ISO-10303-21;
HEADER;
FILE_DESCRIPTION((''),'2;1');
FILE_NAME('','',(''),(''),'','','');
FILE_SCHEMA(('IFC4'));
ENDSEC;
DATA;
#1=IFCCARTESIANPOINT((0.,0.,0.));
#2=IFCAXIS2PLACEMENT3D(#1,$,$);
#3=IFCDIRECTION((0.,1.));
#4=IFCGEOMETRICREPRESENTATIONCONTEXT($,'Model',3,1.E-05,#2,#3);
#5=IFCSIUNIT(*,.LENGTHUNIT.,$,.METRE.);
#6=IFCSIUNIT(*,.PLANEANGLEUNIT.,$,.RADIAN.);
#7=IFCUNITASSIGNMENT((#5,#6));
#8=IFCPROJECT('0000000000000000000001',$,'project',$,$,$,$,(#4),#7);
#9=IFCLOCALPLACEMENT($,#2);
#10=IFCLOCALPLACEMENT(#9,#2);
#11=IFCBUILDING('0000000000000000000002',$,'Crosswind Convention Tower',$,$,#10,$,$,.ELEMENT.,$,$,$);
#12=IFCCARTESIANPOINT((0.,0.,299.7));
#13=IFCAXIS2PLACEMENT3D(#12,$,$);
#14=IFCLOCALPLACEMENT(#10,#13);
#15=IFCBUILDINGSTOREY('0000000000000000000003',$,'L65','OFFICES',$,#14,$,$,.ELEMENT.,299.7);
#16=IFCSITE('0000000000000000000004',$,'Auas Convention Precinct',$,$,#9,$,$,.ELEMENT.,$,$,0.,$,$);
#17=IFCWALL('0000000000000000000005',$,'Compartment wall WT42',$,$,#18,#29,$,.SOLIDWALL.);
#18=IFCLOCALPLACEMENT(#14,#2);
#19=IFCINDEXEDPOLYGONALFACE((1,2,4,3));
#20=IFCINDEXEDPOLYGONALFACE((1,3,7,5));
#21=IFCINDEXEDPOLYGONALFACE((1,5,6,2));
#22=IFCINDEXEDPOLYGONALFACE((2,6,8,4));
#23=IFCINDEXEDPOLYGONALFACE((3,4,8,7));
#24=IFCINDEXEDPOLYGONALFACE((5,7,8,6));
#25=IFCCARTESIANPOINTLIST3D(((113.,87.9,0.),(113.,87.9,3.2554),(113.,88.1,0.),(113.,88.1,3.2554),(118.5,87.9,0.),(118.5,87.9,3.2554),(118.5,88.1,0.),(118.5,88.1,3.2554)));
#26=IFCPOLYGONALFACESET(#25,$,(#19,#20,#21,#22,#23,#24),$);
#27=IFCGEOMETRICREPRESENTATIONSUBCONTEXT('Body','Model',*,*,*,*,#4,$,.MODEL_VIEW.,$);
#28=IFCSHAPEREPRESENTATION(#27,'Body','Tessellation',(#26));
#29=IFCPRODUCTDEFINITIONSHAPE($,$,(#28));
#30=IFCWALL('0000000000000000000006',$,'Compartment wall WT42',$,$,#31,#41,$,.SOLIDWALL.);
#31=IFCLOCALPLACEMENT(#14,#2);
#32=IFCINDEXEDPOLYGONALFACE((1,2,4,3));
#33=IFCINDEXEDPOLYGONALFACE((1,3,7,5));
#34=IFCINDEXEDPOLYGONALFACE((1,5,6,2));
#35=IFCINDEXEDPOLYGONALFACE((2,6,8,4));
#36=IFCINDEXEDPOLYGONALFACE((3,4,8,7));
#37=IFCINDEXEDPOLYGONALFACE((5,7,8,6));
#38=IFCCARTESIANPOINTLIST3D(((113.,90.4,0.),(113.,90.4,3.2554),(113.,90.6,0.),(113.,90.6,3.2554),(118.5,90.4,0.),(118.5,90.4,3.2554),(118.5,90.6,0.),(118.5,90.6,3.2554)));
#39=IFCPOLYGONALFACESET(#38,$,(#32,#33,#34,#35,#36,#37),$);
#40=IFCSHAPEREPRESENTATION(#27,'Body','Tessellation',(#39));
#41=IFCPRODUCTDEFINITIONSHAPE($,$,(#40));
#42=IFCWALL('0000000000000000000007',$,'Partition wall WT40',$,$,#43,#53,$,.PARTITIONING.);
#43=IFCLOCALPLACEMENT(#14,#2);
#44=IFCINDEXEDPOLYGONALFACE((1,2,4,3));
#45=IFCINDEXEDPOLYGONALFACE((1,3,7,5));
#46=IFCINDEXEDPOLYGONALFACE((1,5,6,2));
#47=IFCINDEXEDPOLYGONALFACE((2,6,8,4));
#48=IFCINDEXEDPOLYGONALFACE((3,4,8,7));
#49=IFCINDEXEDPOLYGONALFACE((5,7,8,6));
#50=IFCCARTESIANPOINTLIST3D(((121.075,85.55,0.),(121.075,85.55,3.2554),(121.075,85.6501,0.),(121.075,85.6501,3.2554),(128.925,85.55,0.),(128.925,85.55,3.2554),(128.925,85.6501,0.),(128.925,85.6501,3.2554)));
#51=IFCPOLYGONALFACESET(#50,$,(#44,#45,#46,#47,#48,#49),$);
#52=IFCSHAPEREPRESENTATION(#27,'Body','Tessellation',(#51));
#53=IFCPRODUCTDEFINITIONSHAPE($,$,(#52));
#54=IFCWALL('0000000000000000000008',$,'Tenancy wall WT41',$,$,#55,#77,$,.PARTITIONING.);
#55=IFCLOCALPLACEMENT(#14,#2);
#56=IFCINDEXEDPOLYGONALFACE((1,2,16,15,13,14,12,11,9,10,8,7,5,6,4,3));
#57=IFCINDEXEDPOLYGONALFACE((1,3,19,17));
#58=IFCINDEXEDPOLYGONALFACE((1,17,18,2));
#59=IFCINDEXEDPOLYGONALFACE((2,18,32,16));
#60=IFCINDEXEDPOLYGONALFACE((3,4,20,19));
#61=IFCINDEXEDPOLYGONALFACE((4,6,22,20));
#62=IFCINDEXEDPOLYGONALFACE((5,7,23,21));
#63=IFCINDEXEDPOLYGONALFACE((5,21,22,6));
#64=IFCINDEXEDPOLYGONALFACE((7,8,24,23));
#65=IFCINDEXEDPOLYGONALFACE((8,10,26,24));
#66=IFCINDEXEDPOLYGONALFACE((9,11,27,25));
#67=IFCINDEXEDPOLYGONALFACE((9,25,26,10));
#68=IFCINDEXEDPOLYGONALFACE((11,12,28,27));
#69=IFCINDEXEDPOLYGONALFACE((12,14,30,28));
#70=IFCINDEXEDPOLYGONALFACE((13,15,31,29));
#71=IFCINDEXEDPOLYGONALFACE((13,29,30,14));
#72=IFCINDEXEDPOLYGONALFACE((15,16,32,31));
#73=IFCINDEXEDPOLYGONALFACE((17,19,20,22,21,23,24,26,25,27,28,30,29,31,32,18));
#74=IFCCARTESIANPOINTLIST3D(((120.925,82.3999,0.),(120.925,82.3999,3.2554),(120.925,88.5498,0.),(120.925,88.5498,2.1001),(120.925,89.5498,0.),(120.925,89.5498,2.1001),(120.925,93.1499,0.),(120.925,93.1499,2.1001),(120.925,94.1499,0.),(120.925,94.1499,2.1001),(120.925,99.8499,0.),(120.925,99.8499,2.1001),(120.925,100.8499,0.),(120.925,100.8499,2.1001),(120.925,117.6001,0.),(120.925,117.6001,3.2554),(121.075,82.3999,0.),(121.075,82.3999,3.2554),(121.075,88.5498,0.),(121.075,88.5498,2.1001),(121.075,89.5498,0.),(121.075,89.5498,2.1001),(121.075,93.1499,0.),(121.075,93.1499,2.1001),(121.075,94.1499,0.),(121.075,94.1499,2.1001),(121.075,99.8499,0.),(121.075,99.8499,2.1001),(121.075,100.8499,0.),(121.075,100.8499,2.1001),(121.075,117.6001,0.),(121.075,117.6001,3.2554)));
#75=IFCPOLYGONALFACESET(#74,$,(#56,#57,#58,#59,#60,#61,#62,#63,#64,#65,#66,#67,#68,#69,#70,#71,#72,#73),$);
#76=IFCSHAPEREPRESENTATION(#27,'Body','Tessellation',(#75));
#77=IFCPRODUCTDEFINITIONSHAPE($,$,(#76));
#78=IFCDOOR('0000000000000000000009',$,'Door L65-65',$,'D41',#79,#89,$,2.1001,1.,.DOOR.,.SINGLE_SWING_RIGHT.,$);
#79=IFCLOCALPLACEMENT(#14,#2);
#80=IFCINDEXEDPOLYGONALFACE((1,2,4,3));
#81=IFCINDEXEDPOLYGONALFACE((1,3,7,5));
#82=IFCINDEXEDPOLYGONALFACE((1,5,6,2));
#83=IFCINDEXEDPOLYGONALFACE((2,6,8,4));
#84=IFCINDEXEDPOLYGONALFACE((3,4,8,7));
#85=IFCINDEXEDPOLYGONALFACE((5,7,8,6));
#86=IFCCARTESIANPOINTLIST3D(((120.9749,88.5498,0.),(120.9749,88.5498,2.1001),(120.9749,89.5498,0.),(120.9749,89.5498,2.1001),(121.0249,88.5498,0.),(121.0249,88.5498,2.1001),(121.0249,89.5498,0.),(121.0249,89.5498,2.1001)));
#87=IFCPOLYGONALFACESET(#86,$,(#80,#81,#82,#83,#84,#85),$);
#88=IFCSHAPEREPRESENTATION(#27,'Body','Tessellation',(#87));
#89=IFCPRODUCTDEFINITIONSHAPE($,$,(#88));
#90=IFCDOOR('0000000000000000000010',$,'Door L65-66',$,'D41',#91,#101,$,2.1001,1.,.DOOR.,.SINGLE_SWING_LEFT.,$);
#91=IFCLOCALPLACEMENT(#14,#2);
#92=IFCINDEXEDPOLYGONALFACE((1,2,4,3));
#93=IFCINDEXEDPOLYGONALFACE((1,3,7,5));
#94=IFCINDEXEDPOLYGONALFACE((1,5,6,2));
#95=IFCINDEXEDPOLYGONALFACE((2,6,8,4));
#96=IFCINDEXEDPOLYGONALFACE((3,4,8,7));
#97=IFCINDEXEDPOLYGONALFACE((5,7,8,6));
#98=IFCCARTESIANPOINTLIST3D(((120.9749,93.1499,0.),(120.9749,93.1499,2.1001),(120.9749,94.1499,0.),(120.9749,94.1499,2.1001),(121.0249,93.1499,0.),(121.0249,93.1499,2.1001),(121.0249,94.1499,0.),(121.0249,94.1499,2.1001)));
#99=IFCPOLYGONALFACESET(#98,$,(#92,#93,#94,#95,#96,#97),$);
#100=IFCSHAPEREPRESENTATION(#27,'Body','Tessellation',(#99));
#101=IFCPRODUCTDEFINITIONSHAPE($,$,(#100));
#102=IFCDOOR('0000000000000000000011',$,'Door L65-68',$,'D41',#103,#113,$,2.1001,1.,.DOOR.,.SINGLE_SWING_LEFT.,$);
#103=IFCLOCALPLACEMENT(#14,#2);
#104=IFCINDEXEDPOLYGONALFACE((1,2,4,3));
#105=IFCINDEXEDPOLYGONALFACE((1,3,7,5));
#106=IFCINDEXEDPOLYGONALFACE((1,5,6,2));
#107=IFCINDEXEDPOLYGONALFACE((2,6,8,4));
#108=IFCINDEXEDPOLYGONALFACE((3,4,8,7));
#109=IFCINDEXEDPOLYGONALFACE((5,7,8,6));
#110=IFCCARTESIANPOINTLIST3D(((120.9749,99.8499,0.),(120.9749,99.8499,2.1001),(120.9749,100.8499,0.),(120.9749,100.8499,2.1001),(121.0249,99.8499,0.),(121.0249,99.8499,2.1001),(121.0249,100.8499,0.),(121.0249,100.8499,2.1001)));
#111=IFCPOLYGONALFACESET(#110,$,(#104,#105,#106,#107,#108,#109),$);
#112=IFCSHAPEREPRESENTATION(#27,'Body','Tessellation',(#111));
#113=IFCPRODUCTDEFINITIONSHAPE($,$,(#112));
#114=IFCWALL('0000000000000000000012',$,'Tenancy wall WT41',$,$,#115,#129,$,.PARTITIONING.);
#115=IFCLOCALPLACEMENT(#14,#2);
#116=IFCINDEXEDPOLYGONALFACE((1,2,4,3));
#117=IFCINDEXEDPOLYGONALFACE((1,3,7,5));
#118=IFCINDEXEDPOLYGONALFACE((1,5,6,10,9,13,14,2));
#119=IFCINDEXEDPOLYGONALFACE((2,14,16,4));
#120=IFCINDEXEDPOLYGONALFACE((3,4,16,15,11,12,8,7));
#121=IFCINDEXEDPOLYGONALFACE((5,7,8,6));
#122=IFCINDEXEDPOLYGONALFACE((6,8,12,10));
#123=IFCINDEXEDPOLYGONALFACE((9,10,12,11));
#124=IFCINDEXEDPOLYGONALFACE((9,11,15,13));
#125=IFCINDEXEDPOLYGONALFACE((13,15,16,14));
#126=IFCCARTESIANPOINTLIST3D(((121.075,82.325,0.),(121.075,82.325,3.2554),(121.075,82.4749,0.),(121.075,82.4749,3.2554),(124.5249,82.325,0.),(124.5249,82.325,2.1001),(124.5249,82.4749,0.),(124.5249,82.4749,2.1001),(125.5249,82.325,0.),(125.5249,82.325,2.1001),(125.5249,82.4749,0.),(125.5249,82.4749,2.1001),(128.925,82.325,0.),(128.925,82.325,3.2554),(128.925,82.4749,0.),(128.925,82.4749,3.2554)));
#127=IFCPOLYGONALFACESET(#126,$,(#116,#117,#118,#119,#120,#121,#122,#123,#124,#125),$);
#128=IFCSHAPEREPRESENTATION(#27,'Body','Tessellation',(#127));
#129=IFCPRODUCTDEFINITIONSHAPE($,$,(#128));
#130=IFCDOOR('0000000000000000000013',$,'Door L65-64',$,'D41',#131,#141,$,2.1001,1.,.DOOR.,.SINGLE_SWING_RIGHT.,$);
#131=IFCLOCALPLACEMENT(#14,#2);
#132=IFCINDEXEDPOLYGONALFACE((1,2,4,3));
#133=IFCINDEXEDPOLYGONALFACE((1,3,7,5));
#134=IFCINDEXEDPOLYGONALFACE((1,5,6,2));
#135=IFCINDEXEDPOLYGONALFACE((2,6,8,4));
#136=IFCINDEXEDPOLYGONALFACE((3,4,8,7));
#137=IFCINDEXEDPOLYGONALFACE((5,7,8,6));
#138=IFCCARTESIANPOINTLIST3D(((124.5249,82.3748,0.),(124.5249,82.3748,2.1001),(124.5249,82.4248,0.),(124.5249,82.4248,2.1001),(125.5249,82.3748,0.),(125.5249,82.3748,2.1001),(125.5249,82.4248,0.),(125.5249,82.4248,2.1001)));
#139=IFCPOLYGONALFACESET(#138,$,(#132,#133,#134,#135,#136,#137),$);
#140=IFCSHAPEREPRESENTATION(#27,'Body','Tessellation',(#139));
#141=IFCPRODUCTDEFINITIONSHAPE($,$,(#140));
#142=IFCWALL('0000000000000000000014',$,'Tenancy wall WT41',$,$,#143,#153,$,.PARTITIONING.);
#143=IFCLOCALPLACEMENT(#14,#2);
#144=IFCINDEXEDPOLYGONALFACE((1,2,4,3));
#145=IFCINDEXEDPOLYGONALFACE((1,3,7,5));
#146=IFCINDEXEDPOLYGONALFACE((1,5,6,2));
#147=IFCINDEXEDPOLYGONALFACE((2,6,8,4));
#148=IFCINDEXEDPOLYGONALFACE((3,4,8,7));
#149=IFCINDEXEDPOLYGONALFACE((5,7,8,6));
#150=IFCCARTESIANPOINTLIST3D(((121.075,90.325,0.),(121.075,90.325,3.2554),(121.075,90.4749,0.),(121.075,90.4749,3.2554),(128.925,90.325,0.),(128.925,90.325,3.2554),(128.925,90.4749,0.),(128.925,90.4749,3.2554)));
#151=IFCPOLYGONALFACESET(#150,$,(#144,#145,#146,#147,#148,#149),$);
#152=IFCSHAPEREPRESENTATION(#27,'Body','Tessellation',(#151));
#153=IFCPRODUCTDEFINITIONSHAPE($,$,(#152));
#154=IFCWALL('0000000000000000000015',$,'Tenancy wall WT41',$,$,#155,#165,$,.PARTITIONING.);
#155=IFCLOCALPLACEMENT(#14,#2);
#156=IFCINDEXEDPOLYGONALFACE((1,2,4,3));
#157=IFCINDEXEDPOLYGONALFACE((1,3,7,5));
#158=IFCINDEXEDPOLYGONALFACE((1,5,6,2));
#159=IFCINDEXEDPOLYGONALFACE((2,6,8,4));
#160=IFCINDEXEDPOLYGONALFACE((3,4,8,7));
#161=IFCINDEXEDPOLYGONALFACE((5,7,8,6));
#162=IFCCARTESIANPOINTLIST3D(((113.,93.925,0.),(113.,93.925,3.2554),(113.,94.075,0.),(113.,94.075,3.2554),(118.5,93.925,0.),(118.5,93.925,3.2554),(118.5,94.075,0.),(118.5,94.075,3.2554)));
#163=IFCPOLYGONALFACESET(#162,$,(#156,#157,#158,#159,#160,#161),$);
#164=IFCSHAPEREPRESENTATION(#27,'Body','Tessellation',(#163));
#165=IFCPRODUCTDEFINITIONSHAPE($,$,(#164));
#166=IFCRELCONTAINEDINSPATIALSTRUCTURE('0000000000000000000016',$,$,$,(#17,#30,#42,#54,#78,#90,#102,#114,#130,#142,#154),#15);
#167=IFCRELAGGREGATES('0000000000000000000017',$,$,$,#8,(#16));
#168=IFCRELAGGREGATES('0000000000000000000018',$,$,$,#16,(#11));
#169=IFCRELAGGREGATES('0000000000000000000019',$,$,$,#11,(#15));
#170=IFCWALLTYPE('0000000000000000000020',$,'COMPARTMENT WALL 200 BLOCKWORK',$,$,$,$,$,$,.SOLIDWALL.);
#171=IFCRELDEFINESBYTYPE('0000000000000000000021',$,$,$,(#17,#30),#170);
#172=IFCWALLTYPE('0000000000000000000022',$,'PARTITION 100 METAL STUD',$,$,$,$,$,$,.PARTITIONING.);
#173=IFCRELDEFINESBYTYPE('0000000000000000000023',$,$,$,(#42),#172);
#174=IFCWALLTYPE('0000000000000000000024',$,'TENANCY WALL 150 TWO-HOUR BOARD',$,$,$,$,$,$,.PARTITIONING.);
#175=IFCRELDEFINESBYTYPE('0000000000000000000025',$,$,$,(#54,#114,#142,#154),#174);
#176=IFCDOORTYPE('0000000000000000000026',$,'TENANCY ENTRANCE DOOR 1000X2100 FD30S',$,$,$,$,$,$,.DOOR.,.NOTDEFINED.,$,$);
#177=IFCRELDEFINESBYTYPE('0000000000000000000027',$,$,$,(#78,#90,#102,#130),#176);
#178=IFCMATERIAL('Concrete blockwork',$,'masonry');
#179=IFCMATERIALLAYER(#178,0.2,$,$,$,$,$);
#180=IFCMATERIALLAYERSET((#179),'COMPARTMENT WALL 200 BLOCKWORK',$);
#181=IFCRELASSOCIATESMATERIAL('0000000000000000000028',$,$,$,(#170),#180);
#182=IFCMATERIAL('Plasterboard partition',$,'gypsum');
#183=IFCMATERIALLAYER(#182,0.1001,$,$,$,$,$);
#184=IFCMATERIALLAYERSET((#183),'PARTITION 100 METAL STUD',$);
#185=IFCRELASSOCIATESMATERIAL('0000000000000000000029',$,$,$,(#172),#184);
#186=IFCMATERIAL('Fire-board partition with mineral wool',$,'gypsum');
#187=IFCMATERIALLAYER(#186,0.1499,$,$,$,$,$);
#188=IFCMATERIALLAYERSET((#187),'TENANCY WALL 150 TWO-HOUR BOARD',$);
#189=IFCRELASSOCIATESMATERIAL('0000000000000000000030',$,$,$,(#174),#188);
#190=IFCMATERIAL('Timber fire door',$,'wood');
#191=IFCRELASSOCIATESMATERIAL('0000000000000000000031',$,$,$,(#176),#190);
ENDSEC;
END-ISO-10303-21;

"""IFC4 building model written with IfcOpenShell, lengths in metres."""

from ifc_helpers import new_model, si_unit, direction, frame, frame_2d, origin, place, context, subcontext, project, spatial, rectangle, extrude, material, layer, layer_set, type_object, element, fill, save


model = new_model("IFC4")

# Units and contexts
model_context = context("Model", 3, precision=1e-05, world=origin(), true_north=direction((0.0, 1.0)))
body_context = subcontext(model_context, "Body", "Model", "MODEL_VIEW")
ifc_project = project(units=[si_unit("LENGTHUNIT", "METRE"), si_unit("PLANEANGLEUNIT", "RADIAN")], contexts=[model_context])

# Site, building, storey
site_placement = place(None, origin())
site = spatial("IfcSite", under=ifc_project, at=site_placement, Name="Auas Convention Precinct", CompositionType="ELEMENT", RefElevation=0.0)
building_placement = place(site_placement, origin())
building = spatial("IfcBuilding", under=site, at=building_placement, Name="Crosswind Convention Tower", CompositionType="ELEMENT")
storey_placement = place(building_placement, frame((0.0, 0.0, 299.7)))
storey = spatial("IfcBuildingStorey", under=building, at=storey_placement, Name="L65", Description="OFFICES", CompositionType="ELEMENT", Elevation=299.7)

# Walls
ifc_material_1 = material(Name="Concrete blockwork", Category="masonry")
ifc_layer_1 = layer(ifc_material_1, 0.2)
ifc_layer_set_1 = layer_set([ifc_layer_1], Name="COMPARTMENT WALL 200 BLOCKWORK")
wall_type_1 = type_object("IfcWallType", Name="COMPARTMENT WALL 200 BLOCKWORK", PredefinedType="SOLIDWALL", material=ifc_layer_set_1)
for number, where, z_axis, x_axis, name in (
    (1, (113.0, 88.0, 0.0), (0.0, 0.0, 1.0), (1.0, 0.0, 0.0), "Compartment wall WT42"),
    (2, (113.0, 90.5, 0.0), (0.0, 0.0, 1.0), (1.0, 0.0, 0.0), "Compartment wall WT42"),
):
    element("IfcWall", number, at=place(storey_placement, frame(where, z_axis=z_axis, x_axis=x_axis)), inside=storey, type_object=wall_type_1, Name=name, PredefinedType="SOLIDWALL", context=body_context, shape_type="SweptSolid", body=[
        extrude(rectangle(XDim=5.5, YDim=0.2, at=frame_2d((2.75, 0.0))), origin(), (0.0, 0.0, 1.0), 3.2554),
    ])
ifc_material_2 = material(Name="Plasterboard partition", Category="gypsum")
ifc_layer_2 = layer(ifc_material_2, 0.1001)
ifc_layer_set_2 = layer_set([ifc_layer_2], Name="PARTITION 100 METAL STUD")
wall_type_2 = type_object("IfcWallType", Name="PARTITION 100 METAL STUD", PredefinedType="PARTITIONING", material=ifc_layer_set_2)
wall_1_placement = place(storey_placement, frame((121.075, 85.6001, 0.0), z_axis=(0.0, 0.0, 1.0), x_axis=(1.0, 0.0, 0.0)))
element("IfcWall", 3, at=wall_1_placement, inside=storey, type_object=wall_type_2, Name="Partition wall WT40", PredefinedType="PARTITIONING", context=body_context, shape_type="SweptSolid", body=[
    extrude(rectangle(XDim=7.8501, YDim=0.1001, at=frame_2d((3.925, 0.0))), origin(), (0.0, 0.0, 1.0), 3.2554),
])

# Wall, openings, doors
ifc_material_3 = material(Name="Fire-board partition with mineral wool", Category="gypsum")
ifc_layer_3 = layer(ifc_material_3, 0.1499)
ifc_layer_set_3 = layer_set([ifc_layer_3], Name="TENANCY WALL 150 TWO-HOUR BOARD")
wall_type_3 = type_object("IfcWallType", Name="TENANCY WALL 150 TWO-HOUR BOARD", PredefinedType="PARTITIONING", material=ifc_layer_set_3)
wall_2_placement = place(storey_placement, frame((121.0, 82.3999, 0.0), z_axis=(0.0, 0.0, 1.0), x_axis=(0.0, 1.0, 0.0)))
wall_2 = element("IfcWall", 4, at=wall_2_placement, inside=storey, type_object=wall_type_3, Name="Tenancy wall WT41", PredefinedType="PARTITIONING", context=body_context, shape_type="SweptSolid", body=[
    extrude(rectangle(XDim=35.2002, YDim=0.1499, at=frame_2d((17.6001, 0.0))), origin(), (0.0, 0.0, 1.0), 3.2554),
])
opening_1_placement = place(wall_2_placement, frame((6.1499, 0.0, 0.0)))
opening_1 = element("IfcOpeningElement", 5, at=opening_1_placement, cuts=wall_2, PredefinedType="OPENING", context=body_context, shape_type="SweptSolid", body=[
    extrude(rectangle(XDim=1.0, YDim=2.1001, at=frame_2d((0.5, 1.05))), frame((0.0, 0.085, 0.0), z_axis=(0.0, -1.0, 0.0), x_axis=(1.0, 0.0, 0.0)), (0.0, 0.0, 1.0), 0.1699),
])
opening_2_placement = place(wall_2_placement, frame((10.75, 0.0, 0.0)))
opening_2 = element("IfcOpeningElement", 6, at=opening_2_placement, cuts=wall_2, PredefinedType="OPENING", context=body_context, shape_type="SweptSolid", body=[
    extrude(rectangle(XDim=1.0, YDim=2.1001, at=frame_2d((0.5, 1.05))), frame((0.0, 0.085, 0.0), z_axis=(0.0, -1.0, 0.0), x_axis=(1.0, 0.0, 0.0)), (0.0, 0.0, 1.0), 0.1699),
])
opening_3_placement = place(wall_2_placement, frame((17.45, 0.0, 0.0)))
opening_3 = element("IfcOpeningElement", 7, at=opening_3_placement, cuts=wall_2, PredefinedType="OPENING", context=body_context, shape_type="SweptSolid", body=[
    extrude(rectangle(XDim=1.0, YDim=2.1001, at=frame_2d((0.5, 1.05))), frame((0.0, 0.085, 0.0), z_axis=(0.0, -1.0, 0.0), x_axis=(1.0, 0.0, 0.0)), (0.0, 0.0, 1.0), 0.1699),
])
ifc_material_4 = material(Name="Timber fire door", Category="wood")
door_type = type_object("IfcDoorType", Name="TENANCY ENTRANCE DOOR 1000X2100 FD30S", OperationType="NOTDEFINED", PredefinedType="DOOR", material=ifc_material_4)
door_1_placement = place(opening_1_placement, frame((1.0, 0.0, 0.0), z_axis=(0.0, 0.0, 1.0), x_axis=(-1.0, 0.0, 0.0)))
door_1 = element("IfcDoor", 8, at=door_1_placement, inside=storey, type_object=door_type, Name="Door L65-65", ObjectType="D41", OperationType="SINGLE_SWING_RIGHT", OverallHeight=2.1001, OverallWidth=1.0, PredefinedType="DOOR", context=body_context, shape_type="SweptSolid", body=[
    extrude(rectangle(XDim=1.0, YDim=2.1001, at=frame_2d((0.5, 1.05))), frame((0.0, 0.0249, 0.0), z_axis=(0.0, -1.0, 0.0), x_axis=(1.0, 0.0, 0.0)), (0.0, 0.0, 1.0), 0.05),
])
fill(opening_1, door_1)
door_2_placement = place(opening_2_placement, frame((1.0, 0.0, 0.0), z_axis=(0.0, 0.0, 1.0), x_axis=(-1.0, 0.0, 0.0)))
door_2 = element("IfcDoor", 9, at=door_2_placement, inside=storey, type_object=door_type, Name="Door L65-66", ObjectType="D41", OperationType="SINGLE_SWING_LEFT", OverallHeight=2.1001, OverallWidth=1.0, PredefinedType="DOOR", context=body_context, shape_type="SweptSolid", body=[
    extrude(rectangle(XDim=1.0, YDim=2.1001, at=frame_2d((0.5, 1.05))), frame((0.0, 0.0249, 0.0), z_axis=(0.0, -1.0, 0.0), x_axis=(1.0, 0.0, 0.0)), (0.0, 0.0, 1.0), 0.05),
])
fill(opening_2, door_2)
door_3_placement = place(opening_3_placement, frame((1.0, 0.0, 0.0), z_axis=(0.0, 0.0, 1.0), x_axis=(-1.0, 0.0, 0.0)))
door_3 = element("IfcDoor", 10, at=door_3_placement, inside=storey, type_object=door_type, Name="Door L65-68", ObjectType="D41", OperationType="SINGLE_SWING_LEFT", OverallHeight=2.1001, OverallWidth=1.0, PredefinedType="DOOR", context=body_context, shape_type="SweptSolid", body=[
    extrude(rectangle(XDim=1.0, YDim=2.1001, at=frame_2d((0.5, 1.05))), frame((0.0, 0.0249, 0.0), z_axis=(0.0, -1.0, 0.0), x_axis=(1.0, 0.0, 0.0)), (0.0, 0.0, 1.0), 0.05),
])
fill(opening_3, door_3)

# Wall, opening, door
wall_3_placement = place(storey_placement, frame((121.075, 82.3999, 0.0), z_axis=(0.0, 0.0, 1.0), x_axis=(1.0, 0.0, 0.0)))
wall_3 = element("IfcWall", 11, at=wall_3_placement, inside=storey, type_object=wall_type_3, Name="Tenancy wall WT41", PredefinedType="PARTITIONING", context=body_context, shape_type="SweptSolid", body=[
    extrude(rectangle(XDim=7.8501, YDim=0.1499, at=frame_2d((3.925, 0.0))), origin(), (0.0, 0.0, 1.0), 3.2554),
])
opening_4_placement = place(wall_3_placement, frame((3.45, 0.0, 0.0)))
opening_4 = element("IfcOpeningElement", 12, at=opening_4_placement, cuts=wall_3, PredefinedType="OPENING", context=body_context, shape_type="SweptSolid", body=[
    extrude(rectangle(XDim=1.0, YDim=2.1001, at=frame_2d((0.5, 1.05))), frame((0.0, 0.085, 0.0), z_axis=(0.0, -1.0, 0.0), x_axis=(1.0, 0.0, 0.0)), (0.0, 0.0, 1.0), 0.1699),
])
door_4_placement = place(opening_4_placement, origin())
door_4 = element("IfcDoor", 13, at=door_4_placement, inside=storey, type_object=door_type, Name="Door L65-64", ObjectType="D41", OperationType="SINGLE_SWING_RIGHT", OverallHeight=2.1001, OverallWidth=1.0, PredefinedType="DOOR", context=body_context, shape_type="SweptSolid", body=[
    extrude(rectangle(XDim=1.0, YDim=2.1001, at=frame_2d((0.5, 1.05))), frame((0.0, 0.0249, 0.0), z_axis=(0.0, -1.0, 0.0), x_axis=(1.0, 0.0, 0.0)), (0.0, 0.0, 1.0), 0.05),
])
fill(opening_4, door_4)

# Walls
wall_4_placement = place(storey_placement, frame((121.075, 90.3999, 0.0), z_axis=(0.0, 0.0, 1.0), x_axis=(1.0, 0.0, 0.0)))
element("IfcWall", 14, at=wall_4_placement, inside=storey, type_object=wall_type_3, Name="Tenancy wall WT41", PredefinedType="PARTITIONING", context=body_context, shape_type="SweptSolid", body=[
    extrude(rectangle(XDim=7.8501, YDim=0.1499, at=frame_2d((3.925, 0.0))), origin(), (0.0, 0.0, 1.0), 3.2554),
])
wall_5_placement = place(storey_placement, frame((113.0, 94.0, 0.0), z_axis=(0.0, 0.0, 1.0), x_axis=(1.0, 0.0, 0.0)))
element("IfcWall", 15, at=wall_5_placement, inside=storey, type_object=wall_type_3, Name="Tenancy wall WT41", PredefinedType="PARTITIONING", context=body_context, shape_type="SweptSolid", body=[
    extrude(rectangle(XDim=5.5, YDim=0.1499, at=frame_2d((2.75, 0.0))), origin(), (0.0, 0.0, 1.0), 3.2554),
])

save(model, "model.ifc")
